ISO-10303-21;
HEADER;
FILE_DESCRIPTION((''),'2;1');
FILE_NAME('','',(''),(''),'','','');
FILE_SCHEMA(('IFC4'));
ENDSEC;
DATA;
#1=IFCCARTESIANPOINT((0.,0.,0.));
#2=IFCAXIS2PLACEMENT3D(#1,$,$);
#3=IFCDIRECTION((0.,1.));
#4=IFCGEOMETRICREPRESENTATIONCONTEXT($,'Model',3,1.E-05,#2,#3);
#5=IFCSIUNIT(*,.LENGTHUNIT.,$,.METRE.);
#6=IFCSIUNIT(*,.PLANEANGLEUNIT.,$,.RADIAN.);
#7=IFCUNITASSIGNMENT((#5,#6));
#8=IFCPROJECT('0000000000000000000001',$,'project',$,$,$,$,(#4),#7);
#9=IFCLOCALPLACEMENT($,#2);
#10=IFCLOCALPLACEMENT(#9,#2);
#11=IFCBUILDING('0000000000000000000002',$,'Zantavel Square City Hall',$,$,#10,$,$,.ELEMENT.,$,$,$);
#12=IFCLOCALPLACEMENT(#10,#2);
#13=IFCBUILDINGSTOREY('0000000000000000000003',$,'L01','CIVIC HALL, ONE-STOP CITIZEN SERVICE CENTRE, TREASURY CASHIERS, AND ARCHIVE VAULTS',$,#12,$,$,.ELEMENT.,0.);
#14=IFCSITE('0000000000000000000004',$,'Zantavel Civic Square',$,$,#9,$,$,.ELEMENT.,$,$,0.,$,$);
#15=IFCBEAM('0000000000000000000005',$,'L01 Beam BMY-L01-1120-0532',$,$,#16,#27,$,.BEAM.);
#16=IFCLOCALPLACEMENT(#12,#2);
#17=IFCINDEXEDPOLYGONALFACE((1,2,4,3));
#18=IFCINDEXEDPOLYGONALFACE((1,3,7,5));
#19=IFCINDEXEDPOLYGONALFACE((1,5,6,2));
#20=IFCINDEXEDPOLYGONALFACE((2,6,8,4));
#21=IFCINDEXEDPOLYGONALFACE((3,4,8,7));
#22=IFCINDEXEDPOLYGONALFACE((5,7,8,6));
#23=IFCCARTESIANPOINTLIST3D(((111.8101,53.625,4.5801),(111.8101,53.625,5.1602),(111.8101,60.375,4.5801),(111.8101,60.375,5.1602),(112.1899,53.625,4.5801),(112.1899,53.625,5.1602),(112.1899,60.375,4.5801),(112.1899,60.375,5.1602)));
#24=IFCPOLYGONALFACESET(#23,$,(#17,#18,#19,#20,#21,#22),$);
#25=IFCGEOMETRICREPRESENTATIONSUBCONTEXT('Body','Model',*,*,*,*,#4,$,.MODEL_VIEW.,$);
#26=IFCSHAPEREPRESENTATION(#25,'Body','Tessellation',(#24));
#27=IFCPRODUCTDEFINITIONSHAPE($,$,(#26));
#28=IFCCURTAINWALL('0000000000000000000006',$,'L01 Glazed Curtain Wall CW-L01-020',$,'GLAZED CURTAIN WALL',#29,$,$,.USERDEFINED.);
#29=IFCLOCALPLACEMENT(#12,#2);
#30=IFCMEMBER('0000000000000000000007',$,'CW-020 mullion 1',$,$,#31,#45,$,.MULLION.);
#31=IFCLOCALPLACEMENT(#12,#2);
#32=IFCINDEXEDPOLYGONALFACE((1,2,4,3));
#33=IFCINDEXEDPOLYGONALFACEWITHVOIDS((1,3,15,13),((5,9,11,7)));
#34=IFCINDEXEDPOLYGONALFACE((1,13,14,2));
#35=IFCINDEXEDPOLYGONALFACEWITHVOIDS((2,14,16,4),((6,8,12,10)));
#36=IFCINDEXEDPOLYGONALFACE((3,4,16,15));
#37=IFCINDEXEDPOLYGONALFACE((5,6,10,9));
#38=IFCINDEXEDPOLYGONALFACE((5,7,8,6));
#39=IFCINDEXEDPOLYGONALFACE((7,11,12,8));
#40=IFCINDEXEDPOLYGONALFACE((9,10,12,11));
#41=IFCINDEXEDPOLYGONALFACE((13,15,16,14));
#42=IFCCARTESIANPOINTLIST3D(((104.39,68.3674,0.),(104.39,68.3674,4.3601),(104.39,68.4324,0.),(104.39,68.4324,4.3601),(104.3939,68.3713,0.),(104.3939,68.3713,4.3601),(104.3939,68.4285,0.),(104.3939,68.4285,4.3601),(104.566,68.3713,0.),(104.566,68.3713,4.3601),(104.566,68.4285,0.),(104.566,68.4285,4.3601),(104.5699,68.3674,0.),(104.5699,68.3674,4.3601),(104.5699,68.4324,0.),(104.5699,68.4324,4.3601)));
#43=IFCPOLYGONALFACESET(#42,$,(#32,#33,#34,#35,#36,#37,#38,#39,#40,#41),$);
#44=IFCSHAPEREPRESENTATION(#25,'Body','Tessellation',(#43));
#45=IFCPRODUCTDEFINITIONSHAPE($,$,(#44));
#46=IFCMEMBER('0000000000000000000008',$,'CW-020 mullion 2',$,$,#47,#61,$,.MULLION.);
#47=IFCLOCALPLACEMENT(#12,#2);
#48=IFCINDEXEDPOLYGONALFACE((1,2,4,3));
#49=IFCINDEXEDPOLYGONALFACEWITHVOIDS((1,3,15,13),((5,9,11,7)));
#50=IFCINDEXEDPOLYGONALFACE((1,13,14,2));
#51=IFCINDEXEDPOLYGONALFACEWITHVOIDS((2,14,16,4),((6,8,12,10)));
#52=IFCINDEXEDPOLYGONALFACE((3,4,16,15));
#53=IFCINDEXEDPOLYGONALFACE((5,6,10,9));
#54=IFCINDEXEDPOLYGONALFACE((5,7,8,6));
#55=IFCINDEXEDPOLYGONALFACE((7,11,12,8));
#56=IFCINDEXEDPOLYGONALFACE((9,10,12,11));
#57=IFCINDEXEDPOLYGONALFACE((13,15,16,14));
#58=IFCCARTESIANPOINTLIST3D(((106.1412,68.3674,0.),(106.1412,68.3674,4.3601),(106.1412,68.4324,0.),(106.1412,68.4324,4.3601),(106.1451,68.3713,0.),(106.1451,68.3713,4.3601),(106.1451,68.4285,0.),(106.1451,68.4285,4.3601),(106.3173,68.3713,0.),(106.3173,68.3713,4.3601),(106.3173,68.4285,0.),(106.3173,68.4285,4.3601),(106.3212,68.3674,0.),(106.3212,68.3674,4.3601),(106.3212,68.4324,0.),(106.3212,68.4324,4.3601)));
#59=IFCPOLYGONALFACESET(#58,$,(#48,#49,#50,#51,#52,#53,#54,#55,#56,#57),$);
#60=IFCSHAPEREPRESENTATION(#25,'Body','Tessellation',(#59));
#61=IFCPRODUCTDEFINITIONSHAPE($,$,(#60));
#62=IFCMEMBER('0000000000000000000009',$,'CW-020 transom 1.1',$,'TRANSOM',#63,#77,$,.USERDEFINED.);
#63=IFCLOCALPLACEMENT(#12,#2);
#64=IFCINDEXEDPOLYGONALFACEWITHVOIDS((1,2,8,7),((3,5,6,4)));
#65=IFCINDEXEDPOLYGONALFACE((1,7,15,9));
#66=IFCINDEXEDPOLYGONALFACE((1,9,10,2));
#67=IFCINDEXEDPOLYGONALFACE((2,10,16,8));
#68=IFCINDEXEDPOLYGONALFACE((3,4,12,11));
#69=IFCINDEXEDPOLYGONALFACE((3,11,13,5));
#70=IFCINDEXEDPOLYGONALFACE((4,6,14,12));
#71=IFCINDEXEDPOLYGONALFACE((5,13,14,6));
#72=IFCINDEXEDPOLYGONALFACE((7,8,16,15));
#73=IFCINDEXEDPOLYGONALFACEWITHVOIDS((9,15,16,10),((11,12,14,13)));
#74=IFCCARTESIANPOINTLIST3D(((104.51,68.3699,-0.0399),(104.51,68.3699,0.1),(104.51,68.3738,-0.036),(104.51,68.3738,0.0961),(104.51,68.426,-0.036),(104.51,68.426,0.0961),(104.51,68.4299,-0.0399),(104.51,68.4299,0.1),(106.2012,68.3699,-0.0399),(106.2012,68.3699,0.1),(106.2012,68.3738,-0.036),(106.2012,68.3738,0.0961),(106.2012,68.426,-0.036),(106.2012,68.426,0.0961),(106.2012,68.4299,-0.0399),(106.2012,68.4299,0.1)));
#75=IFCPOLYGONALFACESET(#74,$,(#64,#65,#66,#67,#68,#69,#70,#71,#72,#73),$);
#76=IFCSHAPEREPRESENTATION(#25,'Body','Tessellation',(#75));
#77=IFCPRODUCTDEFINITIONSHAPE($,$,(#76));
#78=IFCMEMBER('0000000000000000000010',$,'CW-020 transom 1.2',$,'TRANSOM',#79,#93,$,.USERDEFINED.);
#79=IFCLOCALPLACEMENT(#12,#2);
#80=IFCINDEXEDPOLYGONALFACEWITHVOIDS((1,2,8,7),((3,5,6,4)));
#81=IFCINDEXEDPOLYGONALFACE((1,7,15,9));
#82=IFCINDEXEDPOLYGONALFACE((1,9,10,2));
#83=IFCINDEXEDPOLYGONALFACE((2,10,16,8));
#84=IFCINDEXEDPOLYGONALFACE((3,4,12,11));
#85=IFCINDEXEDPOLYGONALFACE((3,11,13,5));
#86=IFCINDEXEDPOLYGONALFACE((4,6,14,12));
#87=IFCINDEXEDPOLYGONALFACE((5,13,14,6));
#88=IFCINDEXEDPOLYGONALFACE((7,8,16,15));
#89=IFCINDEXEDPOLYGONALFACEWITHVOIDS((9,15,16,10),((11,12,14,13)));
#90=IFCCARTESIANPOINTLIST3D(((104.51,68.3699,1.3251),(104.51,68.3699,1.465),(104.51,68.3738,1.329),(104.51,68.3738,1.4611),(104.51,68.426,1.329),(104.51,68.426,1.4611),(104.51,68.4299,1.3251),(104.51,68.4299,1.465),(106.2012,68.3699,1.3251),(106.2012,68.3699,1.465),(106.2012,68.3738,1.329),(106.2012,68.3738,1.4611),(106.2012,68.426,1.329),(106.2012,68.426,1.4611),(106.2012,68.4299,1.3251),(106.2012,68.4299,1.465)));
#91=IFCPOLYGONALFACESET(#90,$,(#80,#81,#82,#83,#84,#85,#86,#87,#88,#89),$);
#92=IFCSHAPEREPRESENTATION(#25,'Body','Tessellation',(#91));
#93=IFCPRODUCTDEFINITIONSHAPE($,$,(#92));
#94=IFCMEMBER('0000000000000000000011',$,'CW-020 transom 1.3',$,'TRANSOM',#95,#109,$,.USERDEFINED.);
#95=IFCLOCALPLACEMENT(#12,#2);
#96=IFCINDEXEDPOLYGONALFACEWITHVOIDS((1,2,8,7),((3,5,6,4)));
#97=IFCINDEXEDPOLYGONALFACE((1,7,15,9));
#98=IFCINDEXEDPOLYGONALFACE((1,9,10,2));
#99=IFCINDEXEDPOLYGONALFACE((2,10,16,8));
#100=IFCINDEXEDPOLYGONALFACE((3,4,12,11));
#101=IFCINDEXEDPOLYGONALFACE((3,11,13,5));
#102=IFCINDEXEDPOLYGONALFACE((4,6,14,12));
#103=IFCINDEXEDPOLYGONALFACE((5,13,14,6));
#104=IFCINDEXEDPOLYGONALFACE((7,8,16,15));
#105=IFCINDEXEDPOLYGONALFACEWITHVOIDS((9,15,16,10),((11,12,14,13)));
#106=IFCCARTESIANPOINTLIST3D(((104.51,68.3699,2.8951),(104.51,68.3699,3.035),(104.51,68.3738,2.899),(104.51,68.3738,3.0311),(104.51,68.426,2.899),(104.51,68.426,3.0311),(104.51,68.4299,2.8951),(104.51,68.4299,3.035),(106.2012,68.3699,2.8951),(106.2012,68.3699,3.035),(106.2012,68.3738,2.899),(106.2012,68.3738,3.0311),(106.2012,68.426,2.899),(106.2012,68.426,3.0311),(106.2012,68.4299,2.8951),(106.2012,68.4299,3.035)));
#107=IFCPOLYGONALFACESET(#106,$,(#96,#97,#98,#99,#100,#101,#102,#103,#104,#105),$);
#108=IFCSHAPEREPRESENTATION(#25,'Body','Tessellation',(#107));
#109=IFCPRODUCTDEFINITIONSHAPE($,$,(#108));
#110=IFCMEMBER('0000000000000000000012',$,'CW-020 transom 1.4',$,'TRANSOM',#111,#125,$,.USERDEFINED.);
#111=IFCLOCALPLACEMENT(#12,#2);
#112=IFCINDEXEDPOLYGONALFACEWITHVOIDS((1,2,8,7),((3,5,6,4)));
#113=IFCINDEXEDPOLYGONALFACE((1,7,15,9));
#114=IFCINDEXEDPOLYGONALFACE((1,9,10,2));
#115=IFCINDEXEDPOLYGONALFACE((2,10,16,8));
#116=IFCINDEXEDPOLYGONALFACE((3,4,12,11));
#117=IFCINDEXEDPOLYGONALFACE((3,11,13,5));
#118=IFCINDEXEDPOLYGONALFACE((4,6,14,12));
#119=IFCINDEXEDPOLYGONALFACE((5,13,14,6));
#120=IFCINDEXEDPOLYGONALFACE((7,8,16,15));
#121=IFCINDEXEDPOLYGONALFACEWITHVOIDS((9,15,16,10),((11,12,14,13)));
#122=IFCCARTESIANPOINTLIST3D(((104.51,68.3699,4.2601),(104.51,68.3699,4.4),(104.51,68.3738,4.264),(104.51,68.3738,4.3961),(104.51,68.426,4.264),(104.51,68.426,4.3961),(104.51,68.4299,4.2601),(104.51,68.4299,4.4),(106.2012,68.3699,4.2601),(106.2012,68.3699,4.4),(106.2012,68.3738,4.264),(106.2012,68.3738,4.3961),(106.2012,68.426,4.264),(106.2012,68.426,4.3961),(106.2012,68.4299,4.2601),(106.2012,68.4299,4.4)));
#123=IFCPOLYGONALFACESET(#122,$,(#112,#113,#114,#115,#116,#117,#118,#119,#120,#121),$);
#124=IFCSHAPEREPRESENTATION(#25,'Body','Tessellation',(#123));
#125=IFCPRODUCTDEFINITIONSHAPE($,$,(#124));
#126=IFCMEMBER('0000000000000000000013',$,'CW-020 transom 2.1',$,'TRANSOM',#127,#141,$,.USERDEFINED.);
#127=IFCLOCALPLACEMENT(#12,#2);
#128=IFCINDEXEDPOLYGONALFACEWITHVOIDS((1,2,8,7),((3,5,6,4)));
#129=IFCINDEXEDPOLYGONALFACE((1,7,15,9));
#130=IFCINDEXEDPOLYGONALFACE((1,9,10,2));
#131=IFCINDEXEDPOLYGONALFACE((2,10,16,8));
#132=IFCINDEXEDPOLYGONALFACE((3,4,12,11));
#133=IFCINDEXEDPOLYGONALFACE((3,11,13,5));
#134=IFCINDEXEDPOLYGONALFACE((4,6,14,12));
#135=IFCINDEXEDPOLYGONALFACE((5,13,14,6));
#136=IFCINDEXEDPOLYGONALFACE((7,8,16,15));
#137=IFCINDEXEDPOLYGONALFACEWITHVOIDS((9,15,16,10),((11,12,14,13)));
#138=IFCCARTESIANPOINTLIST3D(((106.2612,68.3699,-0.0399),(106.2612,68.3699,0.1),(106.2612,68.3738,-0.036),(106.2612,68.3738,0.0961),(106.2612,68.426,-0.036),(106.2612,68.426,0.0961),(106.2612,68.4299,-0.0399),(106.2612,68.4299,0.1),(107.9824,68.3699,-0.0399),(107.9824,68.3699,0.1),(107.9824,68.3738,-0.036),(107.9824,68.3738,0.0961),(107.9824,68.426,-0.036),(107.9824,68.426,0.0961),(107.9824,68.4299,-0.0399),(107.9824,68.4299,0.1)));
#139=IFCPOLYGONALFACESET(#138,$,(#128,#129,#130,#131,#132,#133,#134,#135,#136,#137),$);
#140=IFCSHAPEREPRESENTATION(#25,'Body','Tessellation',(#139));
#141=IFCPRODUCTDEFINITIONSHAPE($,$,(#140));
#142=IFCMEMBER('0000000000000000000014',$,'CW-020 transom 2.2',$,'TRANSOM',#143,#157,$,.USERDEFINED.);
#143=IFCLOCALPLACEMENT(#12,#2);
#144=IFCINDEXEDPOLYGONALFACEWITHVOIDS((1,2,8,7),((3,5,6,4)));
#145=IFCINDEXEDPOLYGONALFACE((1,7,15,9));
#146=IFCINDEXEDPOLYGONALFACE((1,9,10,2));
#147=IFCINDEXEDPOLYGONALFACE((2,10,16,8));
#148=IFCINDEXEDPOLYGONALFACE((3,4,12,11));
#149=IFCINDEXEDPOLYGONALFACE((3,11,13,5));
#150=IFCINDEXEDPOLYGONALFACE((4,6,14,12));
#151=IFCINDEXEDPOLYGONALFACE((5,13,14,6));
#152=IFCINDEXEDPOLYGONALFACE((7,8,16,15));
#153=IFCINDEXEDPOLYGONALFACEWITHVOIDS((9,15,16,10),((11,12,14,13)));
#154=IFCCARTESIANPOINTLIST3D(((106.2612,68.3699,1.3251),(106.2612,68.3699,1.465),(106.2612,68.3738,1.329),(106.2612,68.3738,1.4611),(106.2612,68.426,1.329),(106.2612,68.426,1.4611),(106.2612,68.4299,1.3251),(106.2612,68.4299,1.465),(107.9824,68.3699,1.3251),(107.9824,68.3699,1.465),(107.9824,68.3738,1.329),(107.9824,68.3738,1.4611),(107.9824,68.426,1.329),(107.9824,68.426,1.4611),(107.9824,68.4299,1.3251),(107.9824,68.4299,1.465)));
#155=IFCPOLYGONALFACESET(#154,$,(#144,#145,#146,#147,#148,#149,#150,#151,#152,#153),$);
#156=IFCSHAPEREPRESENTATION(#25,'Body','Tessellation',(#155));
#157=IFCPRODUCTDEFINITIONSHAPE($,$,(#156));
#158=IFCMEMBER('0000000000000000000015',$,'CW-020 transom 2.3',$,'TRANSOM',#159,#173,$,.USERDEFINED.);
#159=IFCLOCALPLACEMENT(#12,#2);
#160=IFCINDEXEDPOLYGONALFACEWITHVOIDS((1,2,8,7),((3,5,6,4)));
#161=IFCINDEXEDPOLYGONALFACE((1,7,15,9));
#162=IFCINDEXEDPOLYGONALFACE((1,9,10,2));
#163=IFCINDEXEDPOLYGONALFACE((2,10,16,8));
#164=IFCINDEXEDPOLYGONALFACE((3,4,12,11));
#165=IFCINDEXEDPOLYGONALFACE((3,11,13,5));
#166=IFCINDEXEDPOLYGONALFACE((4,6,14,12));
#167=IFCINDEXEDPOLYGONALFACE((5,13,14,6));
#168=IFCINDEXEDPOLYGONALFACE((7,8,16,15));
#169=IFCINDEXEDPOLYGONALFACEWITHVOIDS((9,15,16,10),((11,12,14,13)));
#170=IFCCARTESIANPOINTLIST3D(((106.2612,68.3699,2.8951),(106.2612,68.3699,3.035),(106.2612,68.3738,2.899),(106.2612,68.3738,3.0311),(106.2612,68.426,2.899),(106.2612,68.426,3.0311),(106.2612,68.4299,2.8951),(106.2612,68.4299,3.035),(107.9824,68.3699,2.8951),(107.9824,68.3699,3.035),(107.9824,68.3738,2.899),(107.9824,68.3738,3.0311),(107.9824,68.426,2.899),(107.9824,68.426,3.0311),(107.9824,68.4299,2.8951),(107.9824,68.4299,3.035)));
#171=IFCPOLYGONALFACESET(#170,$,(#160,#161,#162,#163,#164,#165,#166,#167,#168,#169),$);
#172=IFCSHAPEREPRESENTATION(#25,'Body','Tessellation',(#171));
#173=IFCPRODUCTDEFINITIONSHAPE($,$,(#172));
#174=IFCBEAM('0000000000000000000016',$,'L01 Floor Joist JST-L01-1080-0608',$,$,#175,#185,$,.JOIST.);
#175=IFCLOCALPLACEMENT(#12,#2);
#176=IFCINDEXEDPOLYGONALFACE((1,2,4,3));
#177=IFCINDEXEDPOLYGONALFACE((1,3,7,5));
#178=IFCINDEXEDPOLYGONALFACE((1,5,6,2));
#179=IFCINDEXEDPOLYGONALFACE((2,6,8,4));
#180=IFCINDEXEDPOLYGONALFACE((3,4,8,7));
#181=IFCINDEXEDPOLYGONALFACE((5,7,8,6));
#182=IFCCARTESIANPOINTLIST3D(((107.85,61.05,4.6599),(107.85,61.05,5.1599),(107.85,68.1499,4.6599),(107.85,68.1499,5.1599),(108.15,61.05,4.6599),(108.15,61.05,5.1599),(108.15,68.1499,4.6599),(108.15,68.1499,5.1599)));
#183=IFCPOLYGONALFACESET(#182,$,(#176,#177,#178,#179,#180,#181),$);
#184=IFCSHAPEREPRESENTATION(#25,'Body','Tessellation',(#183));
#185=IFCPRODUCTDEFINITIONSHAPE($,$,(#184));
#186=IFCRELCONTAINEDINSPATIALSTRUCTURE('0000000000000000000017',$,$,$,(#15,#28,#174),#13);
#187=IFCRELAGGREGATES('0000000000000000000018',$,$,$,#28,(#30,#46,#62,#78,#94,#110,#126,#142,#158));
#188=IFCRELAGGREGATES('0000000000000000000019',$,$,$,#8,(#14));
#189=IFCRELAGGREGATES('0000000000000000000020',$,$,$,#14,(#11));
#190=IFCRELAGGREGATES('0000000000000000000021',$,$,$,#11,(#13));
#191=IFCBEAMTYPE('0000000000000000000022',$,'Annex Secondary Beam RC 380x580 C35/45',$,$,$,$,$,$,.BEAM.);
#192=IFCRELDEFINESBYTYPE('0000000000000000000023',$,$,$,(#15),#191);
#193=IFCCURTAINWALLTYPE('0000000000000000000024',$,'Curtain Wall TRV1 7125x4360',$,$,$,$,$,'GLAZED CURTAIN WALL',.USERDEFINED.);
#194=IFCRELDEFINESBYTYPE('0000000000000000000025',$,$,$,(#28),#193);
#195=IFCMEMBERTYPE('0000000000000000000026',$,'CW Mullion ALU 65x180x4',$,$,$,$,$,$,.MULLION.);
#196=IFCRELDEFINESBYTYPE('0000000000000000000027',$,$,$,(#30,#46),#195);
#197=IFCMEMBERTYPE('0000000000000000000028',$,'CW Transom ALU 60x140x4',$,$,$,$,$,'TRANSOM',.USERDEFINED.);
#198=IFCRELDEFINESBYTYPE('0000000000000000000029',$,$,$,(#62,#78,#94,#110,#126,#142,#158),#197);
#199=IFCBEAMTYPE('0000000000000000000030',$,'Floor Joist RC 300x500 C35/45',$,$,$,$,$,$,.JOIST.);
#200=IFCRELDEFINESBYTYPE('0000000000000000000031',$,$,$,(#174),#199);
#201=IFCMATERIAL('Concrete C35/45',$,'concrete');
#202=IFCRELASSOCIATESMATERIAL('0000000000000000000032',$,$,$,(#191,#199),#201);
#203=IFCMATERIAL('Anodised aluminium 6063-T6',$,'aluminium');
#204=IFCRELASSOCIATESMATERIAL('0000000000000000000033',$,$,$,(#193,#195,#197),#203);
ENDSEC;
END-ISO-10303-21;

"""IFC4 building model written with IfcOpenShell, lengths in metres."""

from ifc_helpers import new_model, si_unit, direction, frame, origin, origin_2d, place, context, subcontext, project, spatial, rectangle, hollow_rectangle, extrude, material, material_profile, profile_set, type_object, element, aggregate, save


model = new_model("IFC4")

# Units and contexts
model_context = context("Model", 3, precision=1e-05, world=origin(), true_north=direction((0.0, 1.0)))
body_context = subcontext(model_context, "Body", "Model", "MODEL_VIEW")
ifc_project = project(units=[si_unit("LENGTHUNIT", "METRE"), si_unit("PLANEANGLEUNIT", "RADIAN")], contexts=[model_context])

# Site, building, storey
site_placement = place(None, origin())
site = spatial("IfcSite", under=ifc_project, at=site_placement, Name="Zantavel Civic Square", CompositionType="ELEMENT", RefElevation=0.0)
building_placement = place(site_placement, origin())
building = spatial("IfcBuilding", under=site, at=building_placement, Name="Zantavel Square City Hall", CompositionType="ELEMENT")
storey_placement = place(building_placement, origin())
storey = spatial("IfcBuildingStorey", under=building, at=storey_placement, Name="L01", Description="CIVIC HALL, ONE-STOP CITIZEN SERVICE CENTRE, TREASURY CASHIERS, AND ARCHIVE VAULTS", CompositionType="ELEMENT", Elevation=0.0)

# Beam
ifc_material_1 = material(Name="Concrete C35/45", Category="concrete")
ifc_material_profile_1 = material_profile(ifc_material_1, rectangle(XDim=0.3799, YDim=0.5801, at=origin_2d()), Name="RC 380x580")
ifc_profile_set_1 = profile_set([ifc_material_profile_1], Name="Concrete C35/45")
beam_type_1 = type_object("IfcBeamType", Name="Annex Secondary Beam RC 380x580 C35/45", PredefinedType="BEAM", material=ifc_profile_set_1)
beam_1_placement = place(storey_placement, frame((112.0, 53.625, 4.8701), z_axis=(0.0, 1.0, 0.0), x_axis=(-1.0, 0.0, 0.0)))
element("IfcBeam", 1, at=beam_1_placement, inside=storey, type_object=beam_type_1, Name="L01 Beam BMY-L01-1120-0532", PredefinedType="BEAM", context=body_context, shape_type="SweptSolid", body=[
    extrude(rectangle(XDim=0.3799, YDim=0.5801, at=origin_2d()), origin(), (0.0, 0.0, 1.0), 6.75),
])

# Curtain wall, members
ifc_material_2 = material(Name="Anodised aluminium 6063-T6", Category="aluminium")
curtain_wall_type = type_object("IfcCurtainWallType", Name="Curtain Wall TRV1 7125x4360", ElementType="GLAZED CURTAIN WALL", PredefinedType="USERDEFINED", material=ifc_material_2)
curtain_wall_placement = place(storey_placement, origin())
curtain_wall = element("IfcCurtainWall", 2, at=curtain_wall_placement, inside=storey, type_object=curtain_wall_type, Name="L01 Glazed Curtain Wall CW-L01-020", ObjectType="GLAZED CURTAIN WALL", PredefinedType="USERDEFINED")
ifc_material_profile_2 = material_profile(ifc_material_2, hollow_rectangle(XDim=0.0649, YDim=0.1799, WallThickness=0.0039, at=origin_2d()), Name="ALU 65x180x4")
ifc_profile_set_2 = profile_set([ifc_material_profile_2], Name="Anodised aluminium 6063-T6")
member_type_1 = type_object("IfcMemberType", Name="CW Mullion ALU 65x180x4", PredefinedType="MULLION", material=ifc_profile_set_2)
member_1_placement = place(storey_placement, frame((104.48, 68.3999, 0.0), z_axis=(0.0, 0.0, 1.0), x_axis=(0.0, 1.0, 0.0)))
member_1 = element("IfcMember", 3, at=member_1_placement, type_object=member_type_1, Name="CW-020 mullion 1", PredefinedType="MULLION", context=body_context, shape_type="SweptSolid", body=[
    extrude(hollow_rectangle(XDim=0.0649, YDim=0.1799, WallThickness=0.0039, at=origin_2d()), origin(), (0.0, 0.0, 1.0), 4.3601),
])
member_2_placement = place(storey_placement, frame((106.2312, 68.3999, 0.0), z_axis=(0.0, 0.0, 1.0), x_axis=(0.0, 1.0, 0.0)))
member_2 = element("IfcMember", 4, at=member_2_placement, type_object=member_type_1, Name="CW-020 mullion 2", PredefinedType="MULLION", context=body_context, shape_type="SweptSolid", body=[
    extrude(hollow_rectangle(XDim=0.0649, YDim=0.1799, WallThickness=0.0039, at=origin_2d()), origin(), (0.0, 0.0, 1.0), 4.3601),
])
ifc_material_profile_3 = material_profile(ifc_material_2, hollow_rectangle(XDim=0.0601, YDim=0.1399, WallThickness=0.0039, at=origin_2d()), Name="ALU 60x140x4")
ifc_profile_set_3 = profile_set([ifc_material_profile_3], Name="Anodised aluminium 6063-T6")
member_type_2 = type_object("IfcMemberType", Name="CW Transom ALU 60x140x4", ElementType="TRANSOM", PredefinedType="USERDEFINED", material=ifc_profile_set_3)
member_3_placement = place(storey_placement, frame((104.51, 68.3999, 0.03), z_axis=(1.0, 0.0, 0.0), x_axis=(0.0, 1.0, 0.0)))
member_3 = element("IfcMember", 5, at=member_3_placement, type_object=member_type_2, Name="CW-020 transom 1.1", ObjectType="TRANSOM", PredefinedType="USERDEFINED", context=body_context, shape_type="SweptSolid", body=[
    extrude(hollow_rectangle(XDim=0.0601, YDim=0.1399, WallThickness=0.0039, at=origin_2d()), origin(), (0.0, 0.0, 1.0), 1.6912),
])
member_4_placement = place(storey_placement, frame((104.51, 68.3999, 1.395), z_axis=(1.0, 0.0, 0.0), x_axis=(0.0, 1.0, 0.0)))
member_4 = element("IfcMember", 6, at=member_4_placement, type_object=member_type_2, Name="CW-020 transom 1.2", ObjectType="TRANSOM", PredefinedType="USERDEFINED", context=body_context, shape_type="SweptSolid", body=[
    extrude(hollow_rectangle(XDim=0.0601, YDim=0.1399, WallThickness=0.0039, at=origin_2d()), origin(), (0.0, 0.0, 1.0), 1.6912),
])
member_5_placement = place(storey_placement, frame((104.51, 68.3999, 2.9651), z_axis=(1.0, 0.0, 0.0), x_axis=(0.0, 1.0, 0.0)))
member_5 = element("IfcMember", 7, at=member_5_placement, type_object=member_type_2, Name="CW-020 transom 1.3", ObjectType="TRANSOM", PredefinedType="USERDEFINED", context=body_context, shape_type="SweptSolid", body=[
    extrude(hollow_rectangle(XDim=0.0601, YDim=0.1399, WallThickness=0.0039, at=origin_2d()), origin(), (0.0, 0.0, 1.0), 1.6912),
])
member_6_placement = place(storey_placement, frame((104.51, 68.3999, 4.3301), z_axis=(1.0, 0.0, 0.0), x_axis=(0.0, 1.0, 0.0)))
member_6 = element("IfcMember", 8, at=member_6_placement, type_object=member_type_2, Name="CW-020 transom 1.4", ObjectType="TRANSOM", PredefinedType="USERDEFINED", context=body_context, shape_type="SweptSolid", body=[
    extrude(hollow_rectangle(XDim=0.0601, YDim=0.1399, WallThickness=0.0039, at=origin_2d()), origin(), (0.0, 0.0, 1.0), 1.6912),
])
member_7_placement = place(storey_placement, frame((106.2612, 68.3999, 0.03), z_axis=(1.0, 0.0, 0.0), x_axis=(0.0, 1.0, 0.0)))
member_7 = element("IfcMember", 9, at=member_7_placement, type_object=member_type_2, Name="CW-020 transom 2.1", ObjectType="TRANSOM", PredefinedType="USERDEFINED", context=body_context, shape_type="SweptSolid", body=[
    extrude(hollow_rectangle(XDim=0.0601, YDim=0.1399, WallThickness=0.0039, at=origin_2d()), origin(), (0.0, 0.0, 1.0), 1.7212),
])
member_8_placement = place(storey_placement, frame((106.2612, 68.3999, 1.395), z_axis=(1.0, 0.0, 0.0), x_axis=(0.0, 1.0, 0.0)))
member_8 = element("IfcMember", 10, at=member_8_placement, type_object=member_type_2, Name="CW-020 transom 2.2", ObjectType="TRANSOM", PredefinedType="USERDEFINED", context=body_context, shape_type="SweptSolid", body=[
    extrude(hollow_rectangle(XDim=0.0601, YDim=0.1399, WallThickness=0.0039, at=origin_2d()), origin(), (0.0, 0.0, 1.0), 1.7212),
])
member_9_placement = place(storey_placement, frame((106.2612, 68.3999, 2.9651), z_axis=(1.0, 0.0, 0.0), x_axis=(0.0, 1.0, 0.0)))
member_9 = element("IfcMember", 11, at=member_9_placement, type_object=member_type_2, Name="CW-020 transom 2.3", ObjectType="TRANSOM", PredefinedType="USERDEFINED", context=body_context, shape_type="SweptSolid", body=[
    extrude(hollow_rectangle(XDim=0.0601, YDim=0.1399, WallThickness=0.0039, at=origin_2d()), origin(), (0.0, 0.0, 1.0), 1.7212),
])

# Beam
ifc_material_profile_4 = material_profile(ifc_material_1, rectangle(XDim=0.3, YDim=0.5, at=origin_2d()), Name="RC 300x500")
ifc_profile_set_4 = profile_set([ifc_material_profile_4], Name="Concrete C35/45")
beam_type_2 = type_object("IfcBeamType", Name="Floor Joist RC 300x500 C35/45", PredefinedType="JOIST", material=ifc_profile_set_4)
beam_2_placement = place(storey_placement, frame((108.0, 61.05, 4.9099), z_axis=(0.0, 1.0, 0.0), x_axis=(-1.0, 0.0, 0.0)))
element("IfcBeam", 12, at=beam_2_placement, inside=storey, type_object=beam_type_2, Name="L01 Floor Joist JST-L01-1080-0608", PredefinedType="JOIST", context=body_context, shape_type="SweptSolid", body=[
    extrude(rectangle(XDim=0.3, YDim=0.5, at=origin_2d()), origin(), (0.0, 0.0, 1.0), 7.0999),
])

aggregate(curtain_wall, [member_1, member_2, member_3, member_4, member_5, member_6, member_7, member_8, member_9])

save(model, "model.ifc")
